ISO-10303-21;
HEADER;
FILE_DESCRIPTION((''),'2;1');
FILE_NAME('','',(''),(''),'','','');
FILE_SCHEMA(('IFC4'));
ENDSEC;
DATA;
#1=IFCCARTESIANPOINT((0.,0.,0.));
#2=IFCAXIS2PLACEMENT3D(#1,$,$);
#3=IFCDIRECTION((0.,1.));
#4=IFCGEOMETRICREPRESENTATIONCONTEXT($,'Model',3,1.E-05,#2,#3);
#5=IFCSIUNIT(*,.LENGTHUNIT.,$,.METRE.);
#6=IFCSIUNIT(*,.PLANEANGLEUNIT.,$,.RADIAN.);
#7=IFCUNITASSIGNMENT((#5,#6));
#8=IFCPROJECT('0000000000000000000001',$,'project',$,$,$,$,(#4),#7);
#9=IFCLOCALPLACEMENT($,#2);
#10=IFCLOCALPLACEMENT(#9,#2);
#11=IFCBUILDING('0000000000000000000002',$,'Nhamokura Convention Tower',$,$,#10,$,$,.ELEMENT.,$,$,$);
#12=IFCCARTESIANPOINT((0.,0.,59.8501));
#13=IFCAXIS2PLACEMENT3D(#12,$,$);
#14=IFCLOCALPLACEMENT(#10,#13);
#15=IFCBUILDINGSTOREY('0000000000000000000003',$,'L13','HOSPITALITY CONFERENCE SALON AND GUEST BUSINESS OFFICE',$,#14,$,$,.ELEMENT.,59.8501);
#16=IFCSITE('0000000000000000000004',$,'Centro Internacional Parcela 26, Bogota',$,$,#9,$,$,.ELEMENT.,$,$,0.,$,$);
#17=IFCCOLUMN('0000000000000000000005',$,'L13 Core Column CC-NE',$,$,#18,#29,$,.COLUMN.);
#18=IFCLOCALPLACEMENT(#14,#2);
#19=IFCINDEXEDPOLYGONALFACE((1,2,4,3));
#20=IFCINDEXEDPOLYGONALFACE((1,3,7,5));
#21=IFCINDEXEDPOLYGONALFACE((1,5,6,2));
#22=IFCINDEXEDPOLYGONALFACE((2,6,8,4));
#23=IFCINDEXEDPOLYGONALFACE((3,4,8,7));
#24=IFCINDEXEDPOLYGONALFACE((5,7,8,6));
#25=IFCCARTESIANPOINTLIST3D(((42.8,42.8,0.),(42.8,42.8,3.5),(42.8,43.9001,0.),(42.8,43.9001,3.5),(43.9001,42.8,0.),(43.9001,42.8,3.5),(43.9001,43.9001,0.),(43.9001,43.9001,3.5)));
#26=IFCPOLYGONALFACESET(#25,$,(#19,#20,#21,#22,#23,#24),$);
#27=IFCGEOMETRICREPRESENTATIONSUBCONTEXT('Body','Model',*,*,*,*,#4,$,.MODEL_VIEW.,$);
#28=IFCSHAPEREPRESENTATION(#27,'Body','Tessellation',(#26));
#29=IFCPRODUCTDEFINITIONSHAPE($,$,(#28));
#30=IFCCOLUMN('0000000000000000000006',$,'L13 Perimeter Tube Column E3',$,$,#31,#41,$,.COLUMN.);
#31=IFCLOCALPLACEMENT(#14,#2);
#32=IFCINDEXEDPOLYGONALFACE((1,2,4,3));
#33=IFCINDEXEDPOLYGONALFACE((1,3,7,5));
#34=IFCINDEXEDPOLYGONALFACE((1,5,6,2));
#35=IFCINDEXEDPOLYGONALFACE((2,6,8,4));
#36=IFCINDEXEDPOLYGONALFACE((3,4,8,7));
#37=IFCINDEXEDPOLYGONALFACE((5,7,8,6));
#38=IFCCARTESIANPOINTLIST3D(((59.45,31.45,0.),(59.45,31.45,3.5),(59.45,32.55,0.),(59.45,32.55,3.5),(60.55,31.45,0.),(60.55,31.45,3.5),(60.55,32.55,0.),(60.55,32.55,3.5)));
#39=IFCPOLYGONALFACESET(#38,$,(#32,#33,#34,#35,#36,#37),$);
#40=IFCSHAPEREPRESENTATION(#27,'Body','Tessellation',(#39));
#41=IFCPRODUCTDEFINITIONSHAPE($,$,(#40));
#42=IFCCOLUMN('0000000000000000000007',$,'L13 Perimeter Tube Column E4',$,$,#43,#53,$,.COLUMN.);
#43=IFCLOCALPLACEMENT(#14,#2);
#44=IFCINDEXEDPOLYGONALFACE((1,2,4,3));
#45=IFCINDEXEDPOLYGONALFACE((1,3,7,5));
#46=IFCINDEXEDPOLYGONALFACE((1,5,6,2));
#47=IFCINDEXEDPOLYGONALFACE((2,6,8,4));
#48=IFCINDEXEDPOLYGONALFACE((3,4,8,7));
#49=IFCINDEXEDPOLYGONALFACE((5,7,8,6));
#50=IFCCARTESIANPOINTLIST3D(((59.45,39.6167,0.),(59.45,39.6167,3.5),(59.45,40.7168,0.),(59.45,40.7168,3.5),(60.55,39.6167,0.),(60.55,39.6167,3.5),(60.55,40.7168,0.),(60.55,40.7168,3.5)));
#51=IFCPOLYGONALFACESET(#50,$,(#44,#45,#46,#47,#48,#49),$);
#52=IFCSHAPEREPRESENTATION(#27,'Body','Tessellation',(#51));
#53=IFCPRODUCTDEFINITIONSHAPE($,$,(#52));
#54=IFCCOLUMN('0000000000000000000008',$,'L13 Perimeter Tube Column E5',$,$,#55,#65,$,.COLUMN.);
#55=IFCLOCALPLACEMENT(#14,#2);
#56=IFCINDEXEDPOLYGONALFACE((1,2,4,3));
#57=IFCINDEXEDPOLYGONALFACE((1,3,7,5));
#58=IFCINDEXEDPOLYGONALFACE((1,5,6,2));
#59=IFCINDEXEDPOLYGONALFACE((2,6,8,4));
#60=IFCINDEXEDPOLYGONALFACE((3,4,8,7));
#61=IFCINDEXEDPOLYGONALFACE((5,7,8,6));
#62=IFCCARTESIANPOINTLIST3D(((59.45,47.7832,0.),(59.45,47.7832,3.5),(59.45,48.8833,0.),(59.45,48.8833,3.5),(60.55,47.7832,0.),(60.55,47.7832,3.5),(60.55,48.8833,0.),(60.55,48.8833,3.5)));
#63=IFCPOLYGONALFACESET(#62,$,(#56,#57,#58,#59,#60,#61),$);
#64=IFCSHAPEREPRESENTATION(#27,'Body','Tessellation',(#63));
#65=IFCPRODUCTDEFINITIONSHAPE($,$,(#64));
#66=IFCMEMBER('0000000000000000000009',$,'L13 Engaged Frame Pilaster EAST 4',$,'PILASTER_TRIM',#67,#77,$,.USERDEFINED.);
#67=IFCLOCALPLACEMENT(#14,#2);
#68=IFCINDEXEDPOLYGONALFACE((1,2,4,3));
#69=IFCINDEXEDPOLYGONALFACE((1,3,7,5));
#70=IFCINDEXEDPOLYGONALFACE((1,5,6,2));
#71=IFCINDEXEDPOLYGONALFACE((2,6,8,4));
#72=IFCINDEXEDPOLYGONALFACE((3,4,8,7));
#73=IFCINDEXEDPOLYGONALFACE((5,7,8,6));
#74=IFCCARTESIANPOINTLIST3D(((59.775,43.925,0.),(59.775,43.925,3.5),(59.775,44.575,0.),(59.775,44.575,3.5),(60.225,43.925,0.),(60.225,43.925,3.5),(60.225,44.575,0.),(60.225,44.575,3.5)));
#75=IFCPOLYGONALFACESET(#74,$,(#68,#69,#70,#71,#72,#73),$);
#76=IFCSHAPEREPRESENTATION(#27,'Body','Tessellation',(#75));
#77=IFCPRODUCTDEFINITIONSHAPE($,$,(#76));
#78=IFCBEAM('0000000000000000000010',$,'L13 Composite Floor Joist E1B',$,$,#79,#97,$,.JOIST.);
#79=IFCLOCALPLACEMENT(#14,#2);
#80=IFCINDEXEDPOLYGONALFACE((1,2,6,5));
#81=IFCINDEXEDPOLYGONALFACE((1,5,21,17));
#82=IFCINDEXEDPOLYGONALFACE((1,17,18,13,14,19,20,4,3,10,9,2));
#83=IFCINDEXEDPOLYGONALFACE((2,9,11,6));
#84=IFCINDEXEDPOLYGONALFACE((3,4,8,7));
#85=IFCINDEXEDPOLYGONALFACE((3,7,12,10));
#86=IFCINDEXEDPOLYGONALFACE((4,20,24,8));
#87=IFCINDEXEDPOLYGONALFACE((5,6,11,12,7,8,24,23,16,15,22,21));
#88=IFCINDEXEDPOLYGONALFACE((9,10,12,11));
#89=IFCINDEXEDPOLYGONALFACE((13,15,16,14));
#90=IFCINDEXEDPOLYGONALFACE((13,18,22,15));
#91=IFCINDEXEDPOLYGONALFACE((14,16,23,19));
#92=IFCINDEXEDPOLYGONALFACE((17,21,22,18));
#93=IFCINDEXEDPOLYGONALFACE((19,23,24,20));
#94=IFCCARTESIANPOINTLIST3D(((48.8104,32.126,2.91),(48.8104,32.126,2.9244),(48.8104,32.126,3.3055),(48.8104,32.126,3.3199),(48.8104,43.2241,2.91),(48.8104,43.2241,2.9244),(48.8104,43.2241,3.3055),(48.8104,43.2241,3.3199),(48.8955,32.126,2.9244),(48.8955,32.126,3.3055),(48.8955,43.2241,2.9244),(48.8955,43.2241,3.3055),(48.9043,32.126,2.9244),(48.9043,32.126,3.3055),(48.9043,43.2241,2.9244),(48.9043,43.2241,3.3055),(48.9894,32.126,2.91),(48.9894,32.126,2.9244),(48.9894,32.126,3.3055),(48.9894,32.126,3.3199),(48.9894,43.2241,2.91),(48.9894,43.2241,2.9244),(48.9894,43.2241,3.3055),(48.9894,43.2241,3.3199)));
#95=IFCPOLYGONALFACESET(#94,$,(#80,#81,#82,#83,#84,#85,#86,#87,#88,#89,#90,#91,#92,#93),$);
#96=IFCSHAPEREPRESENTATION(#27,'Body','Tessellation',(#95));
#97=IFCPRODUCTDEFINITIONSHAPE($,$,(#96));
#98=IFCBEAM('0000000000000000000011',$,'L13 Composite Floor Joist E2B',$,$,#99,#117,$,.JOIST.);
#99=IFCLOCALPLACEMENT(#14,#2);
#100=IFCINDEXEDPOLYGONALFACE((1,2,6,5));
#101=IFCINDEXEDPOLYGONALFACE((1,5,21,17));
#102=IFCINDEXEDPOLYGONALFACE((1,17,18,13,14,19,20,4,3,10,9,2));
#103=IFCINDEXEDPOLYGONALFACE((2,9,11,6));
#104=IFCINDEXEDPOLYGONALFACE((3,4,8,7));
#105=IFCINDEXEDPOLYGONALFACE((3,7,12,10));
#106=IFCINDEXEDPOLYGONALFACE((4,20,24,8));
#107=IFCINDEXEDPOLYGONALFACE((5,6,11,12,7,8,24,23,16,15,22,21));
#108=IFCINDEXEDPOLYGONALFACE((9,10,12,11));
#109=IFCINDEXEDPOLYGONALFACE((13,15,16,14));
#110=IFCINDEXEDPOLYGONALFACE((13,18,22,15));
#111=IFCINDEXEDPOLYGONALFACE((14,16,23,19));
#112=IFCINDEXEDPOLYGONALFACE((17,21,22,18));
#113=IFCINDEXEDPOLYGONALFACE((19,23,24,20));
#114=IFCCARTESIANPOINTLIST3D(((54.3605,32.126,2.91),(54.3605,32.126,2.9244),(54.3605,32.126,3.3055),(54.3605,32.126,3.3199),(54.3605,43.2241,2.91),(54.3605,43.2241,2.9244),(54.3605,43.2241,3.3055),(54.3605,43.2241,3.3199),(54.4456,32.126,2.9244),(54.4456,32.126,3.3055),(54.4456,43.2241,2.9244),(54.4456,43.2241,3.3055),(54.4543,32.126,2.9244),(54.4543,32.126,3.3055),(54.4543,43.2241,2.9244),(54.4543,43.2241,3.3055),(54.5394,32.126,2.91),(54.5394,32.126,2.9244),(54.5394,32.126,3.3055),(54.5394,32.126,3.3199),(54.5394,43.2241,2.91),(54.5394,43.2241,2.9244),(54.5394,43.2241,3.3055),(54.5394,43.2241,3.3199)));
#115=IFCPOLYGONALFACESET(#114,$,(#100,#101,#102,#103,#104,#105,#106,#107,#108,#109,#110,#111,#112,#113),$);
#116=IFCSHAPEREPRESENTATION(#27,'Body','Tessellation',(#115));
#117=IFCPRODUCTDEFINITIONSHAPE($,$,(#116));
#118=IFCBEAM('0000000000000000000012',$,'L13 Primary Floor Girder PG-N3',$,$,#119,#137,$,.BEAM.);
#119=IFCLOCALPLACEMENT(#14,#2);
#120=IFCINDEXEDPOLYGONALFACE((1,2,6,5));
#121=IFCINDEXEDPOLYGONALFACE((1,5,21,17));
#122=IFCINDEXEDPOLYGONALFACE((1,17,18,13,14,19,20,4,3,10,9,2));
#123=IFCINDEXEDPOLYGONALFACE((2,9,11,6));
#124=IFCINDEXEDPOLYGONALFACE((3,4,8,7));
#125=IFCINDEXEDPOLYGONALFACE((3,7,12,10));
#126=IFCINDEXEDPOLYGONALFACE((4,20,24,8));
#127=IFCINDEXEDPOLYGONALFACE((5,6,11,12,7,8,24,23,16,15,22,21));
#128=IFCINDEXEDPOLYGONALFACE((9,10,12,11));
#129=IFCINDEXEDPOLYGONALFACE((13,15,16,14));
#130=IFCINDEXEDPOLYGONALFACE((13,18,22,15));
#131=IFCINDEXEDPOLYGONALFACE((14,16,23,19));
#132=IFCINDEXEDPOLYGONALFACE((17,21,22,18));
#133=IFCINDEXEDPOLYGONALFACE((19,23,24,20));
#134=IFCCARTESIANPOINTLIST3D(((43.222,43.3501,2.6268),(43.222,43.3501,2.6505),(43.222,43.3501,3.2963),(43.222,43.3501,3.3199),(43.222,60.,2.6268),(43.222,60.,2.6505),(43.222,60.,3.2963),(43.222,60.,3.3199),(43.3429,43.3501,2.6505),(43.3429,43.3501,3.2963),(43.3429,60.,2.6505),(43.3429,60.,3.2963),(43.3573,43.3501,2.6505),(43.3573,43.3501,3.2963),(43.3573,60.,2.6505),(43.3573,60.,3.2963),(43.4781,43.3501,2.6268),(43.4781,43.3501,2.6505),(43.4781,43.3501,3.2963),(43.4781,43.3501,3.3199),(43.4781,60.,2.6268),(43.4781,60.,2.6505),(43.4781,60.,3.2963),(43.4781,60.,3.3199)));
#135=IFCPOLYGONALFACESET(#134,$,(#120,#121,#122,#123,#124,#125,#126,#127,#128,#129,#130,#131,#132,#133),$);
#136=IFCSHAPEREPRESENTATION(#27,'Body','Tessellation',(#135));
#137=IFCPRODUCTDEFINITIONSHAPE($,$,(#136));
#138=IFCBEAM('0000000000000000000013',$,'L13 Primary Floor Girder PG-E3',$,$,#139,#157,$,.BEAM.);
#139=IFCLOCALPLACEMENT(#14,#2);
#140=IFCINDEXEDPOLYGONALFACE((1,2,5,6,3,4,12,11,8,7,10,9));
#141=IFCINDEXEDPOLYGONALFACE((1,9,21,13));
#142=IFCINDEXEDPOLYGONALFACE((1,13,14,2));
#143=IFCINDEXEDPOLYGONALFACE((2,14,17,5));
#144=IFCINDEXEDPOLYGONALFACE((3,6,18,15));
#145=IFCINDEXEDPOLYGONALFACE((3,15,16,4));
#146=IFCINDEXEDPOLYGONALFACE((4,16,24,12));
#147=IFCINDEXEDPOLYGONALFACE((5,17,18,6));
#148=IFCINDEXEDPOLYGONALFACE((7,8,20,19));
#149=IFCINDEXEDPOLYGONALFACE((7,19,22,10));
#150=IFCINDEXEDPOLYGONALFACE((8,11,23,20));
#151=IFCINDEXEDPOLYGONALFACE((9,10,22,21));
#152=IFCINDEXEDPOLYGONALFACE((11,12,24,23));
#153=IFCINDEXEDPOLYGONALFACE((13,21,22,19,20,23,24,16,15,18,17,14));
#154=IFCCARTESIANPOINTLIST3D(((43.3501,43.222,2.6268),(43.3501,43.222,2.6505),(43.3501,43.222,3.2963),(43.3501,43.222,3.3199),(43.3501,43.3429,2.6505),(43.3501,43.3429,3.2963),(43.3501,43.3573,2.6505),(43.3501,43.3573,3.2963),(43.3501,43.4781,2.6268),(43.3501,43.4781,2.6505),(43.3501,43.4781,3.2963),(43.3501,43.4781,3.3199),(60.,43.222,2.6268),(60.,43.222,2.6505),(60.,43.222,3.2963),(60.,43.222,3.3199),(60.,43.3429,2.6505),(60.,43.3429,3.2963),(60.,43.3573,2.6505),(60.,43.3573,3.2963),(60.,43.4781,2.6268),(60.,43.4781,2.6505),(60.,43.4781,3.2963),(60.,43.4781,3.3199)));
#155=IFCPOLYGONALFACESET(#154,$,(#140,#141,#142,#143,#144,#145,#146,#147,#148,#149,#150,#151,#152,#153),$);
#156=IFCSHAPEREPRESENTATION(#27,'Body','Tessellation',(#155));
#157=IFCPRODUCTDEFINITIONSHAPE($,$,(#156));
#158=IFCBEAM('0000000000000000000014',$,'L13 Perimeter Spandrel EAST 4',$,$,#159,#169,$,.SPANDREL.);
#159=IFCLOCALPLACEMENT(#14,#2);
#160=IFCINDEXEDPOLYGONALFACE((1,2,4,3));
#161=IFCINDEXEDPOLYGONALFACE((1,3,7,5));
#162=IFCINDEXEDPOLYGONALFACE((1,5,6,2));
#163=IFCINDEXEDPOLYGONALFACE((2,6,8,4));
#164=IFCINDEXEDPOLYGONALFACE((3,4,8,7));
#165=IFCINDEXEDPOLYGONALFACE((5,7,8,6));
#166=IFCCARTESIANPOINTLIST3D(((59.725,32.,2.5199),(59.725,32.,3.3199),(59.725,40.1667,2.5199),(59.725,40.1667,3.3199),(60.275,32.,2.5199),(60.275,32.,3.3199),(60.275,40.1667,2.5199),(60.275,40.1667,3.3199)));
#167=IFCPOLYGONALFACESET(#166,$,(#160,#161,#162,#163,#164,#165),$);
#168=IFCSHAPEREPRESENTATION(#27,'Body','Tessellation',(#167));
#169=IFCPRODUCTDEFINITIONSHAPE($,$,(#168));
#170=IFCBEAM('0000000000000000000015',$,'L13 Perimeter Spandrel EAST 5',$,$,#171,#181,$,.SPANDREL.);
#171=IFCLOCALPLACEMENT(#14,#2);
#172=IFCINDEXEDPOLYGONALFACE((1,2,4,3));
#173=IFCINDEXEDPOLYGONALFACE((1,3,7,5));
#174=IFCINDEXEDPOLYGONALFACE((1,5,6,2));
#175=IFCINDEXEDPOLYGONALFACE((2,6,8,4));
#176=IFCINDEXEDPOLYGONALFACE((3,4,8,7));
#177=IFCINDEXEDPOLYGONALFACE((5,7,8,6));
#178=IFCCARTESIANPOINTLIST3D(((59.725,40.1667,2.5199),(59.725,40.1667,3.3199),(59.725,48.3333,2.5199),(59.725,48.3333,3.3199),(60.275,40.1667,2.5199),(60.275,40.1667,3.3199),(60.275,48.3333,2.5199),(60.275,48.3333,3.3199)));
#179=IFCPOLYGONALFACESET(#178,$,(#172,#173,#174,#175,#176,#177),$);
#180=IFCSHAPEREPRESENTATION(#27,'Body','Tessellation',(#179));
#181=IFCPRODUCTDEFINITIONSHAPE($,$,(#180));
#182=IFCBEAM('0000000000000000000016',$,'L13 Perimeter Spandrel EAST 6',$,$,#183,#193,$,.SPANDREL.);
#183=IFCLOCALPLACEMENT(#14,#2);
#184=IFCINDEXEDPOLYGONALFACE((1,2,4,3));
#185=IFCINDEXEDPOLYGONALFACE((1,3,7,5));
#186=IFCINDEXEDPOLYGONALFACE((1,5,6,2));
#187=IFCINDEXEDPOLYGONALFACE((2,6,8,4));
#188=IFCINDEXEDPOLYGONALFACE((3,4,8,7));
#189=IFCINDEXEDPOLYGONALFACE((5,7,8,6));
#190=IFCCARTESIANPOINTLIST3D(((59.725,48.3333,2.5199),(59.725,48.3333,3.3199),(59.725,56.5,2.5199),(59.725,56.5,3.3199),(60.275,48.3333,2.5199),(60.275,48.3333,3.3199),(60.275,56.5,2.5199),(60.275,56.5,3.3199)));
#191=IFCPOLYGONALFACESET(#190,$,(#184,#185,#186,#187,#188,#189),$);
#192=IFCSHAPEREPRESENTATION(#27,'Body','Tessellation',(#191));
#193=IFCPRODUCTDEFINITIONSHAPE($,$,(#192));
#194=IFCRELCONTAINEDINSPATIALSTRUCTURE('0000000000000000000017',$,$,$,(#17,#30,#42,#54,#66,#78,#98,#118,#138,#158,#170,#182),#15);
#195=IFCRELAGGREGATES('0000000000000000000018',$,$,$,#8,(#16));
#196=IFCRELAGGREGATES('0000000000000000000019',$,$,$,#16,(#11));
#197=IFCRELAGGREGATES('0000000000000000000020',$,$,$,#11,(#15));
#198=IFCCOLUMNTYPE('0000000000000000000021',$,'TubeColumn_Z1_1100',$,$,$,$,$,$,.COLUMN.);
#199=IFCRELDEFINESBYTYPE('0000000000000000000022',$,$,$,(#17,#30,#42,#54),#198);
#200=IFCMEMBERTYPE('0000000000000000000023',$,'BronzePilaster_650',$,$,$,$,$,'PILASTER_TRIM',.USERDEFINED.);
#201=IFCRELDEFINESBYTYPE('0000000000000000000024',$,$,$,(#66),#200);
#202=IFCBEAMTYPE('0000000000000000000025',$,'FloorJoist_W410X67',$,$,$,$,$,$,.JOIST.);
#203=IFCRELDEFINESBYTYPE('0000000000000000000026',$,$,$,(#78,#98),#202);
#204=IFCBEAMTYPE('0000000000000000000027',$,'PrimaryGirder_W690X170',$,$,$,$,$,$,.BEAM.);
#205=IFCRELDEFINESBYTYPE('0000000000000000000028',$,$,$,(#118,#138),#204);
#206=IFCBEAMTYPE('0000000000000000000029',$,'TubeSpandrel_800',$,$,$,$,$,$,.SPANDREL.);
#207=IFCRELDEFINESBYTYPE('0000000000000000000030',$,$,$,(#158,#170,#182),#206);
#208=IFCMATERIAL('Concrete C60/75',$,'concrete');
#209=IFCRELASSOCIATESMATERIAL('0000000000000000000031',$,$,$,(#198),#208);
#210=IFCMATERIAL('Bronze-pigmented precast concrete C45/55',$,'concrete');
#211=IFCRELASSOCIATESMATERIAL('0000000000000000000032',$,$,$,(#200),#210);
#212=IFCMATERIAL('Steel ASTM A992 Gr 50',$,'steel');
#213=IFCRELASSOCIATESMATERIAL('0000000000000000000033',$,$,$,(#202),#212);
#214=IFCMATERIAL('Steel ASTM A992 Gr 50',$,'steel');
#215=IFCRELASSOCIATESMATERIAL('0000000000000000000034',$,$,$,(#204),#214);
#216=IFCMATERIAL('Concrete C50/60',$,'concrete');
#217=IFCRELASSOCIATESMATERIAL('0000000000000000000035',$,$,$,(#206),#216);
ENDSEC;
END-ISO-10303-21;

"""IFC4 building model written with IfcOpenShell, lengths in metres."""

from ifc_helpers import new_model, si_unit, direction, frame, origin, origin_2d, place, context, subcontext, project, spatial, rectangle, i_section, extrude, material, material_profile, profile_set, type_object, element, save


model = new_model("IFC4")

# Units and contexts
model_context = context("Model", 3, precision=1e-05, world=origin(), true_north=direction((0.0, 1.0)))
body_context = subcontext(model_context, "Body", "Model", "MODEL_VIEW")
ifc_project = project(units=[si_unit("LENGTHUNIT", "METRE"), si_unit("PLANEANGLEUNIT", "RADIAN")], contexts=[model_context])

# Site, building, storey
site_placement = place(None, origin())
site = spatial("IfcSite", under=ifc_project, at=site_placement, Name="Centro Internacional Parcela 26, Bogota", CompositionType="ELEMENT", RefElevation=0.0)
building_placement = place(site_placement, origin())
building = spatial("IfcBuilding", under=site, at=building_placement, Name="Nhamokura Convention Tower", CompositionType="ELEMENT")
storey_placement = place(building_placement, frame((0.0, 0.0, 59.8501)))
storey = spatial("IfcBuildingStorey", under=building, at=storey_placement, Name="L13", Description="HOSPITALITY CONFERENCE SALON AND GUEST BUSINESS OFFICE", CompositionType="ELEMENT", Elevation=59.8501)

# Columns
ifc_material_1 = material(Name="Concrete C60/75", Category="concrete")
ifc_material_profile_1 = material_profile(ifc_material_1, rectangle(XDim=1.1001, YDim=1.1001, at=origin_2d()))
ifc_profile_set_1 = profile_set([ifc_material_profile_1], Name="Concrete C60/75")
column_type = type_object("IfcColumnType", Name="TubeColumn_Z1_1100", PredefinedType="COLUMN", material=ifc_profile_set_1)
for number, where, z_axis, x_axis, name in (
    (1, (43.3501, 43.3501, 0.0), (0.0, 0.0, 1.0), (1.0, 0.0, 0.0), "L13 Core Column CC-NE"),
    (2, (60.0, 32.0, 0.0), (0.0, 0.0, 1.0), (1.0, 0.0, 0.0), "L13 Perimeter Tube Column E3"),
    (3, (60.0, 40.1667, 0.0), (0.0, 0.0, 1.0), (1.0, 0.0, 0.0), "L13 Perimeter Tube Column E4"),
    (4, (60.0, 48.3333, 0.0), (0.0, 0.0, 1.0), (1.0, 0.0, 0.0), "L13 Perimeter Tube Column E5"),
):
    element("IfcColumn", number, at=place(storey_placement, frame(where, z_axis=z_axis, x_axis=x_axis)), inside=storey, type_object=column_type, Name=name, PredefinedType="COLUMN", context=body_context, shape_type="SweptSolid", body=[
        extrude(rectangle(XDim=1.1001, YDim=1.1001, at=origin_2d()), origin(), (0.0, 0.0, 1.0), 3.5),
    ])

# Member
ifc_material_2 = material(Name="Bronze-pigmented precast concrete C45/55", Category="concrete")
ifc_material_profile_2 = material_profile(ifc_material_2, rectangle(XDim=0.45, YDim=0.6499, at=origin_2d()))
ifc_profile_set_2 = profile_set([ifc_material_profile_2], Name="Bronze-pigmented precast concrete C45/55")
member_type = type_object("IfcMemberType", Name="BronzePilaster_650", ElementType="PILASTER_TRIM", PredefinedType="USERDEFINED", material=ifc_profile_set_2)
member_placement = place(storey_placement, frame((60.0, 44.25, 0.0), z_axis=(0.0, 0.0, 1.0), x_axis=(1.0, 0.0, 0.0)))
element("IfcMember", 5, at=member_placement, inside=storey, type_object=member_type, Name="L13 Engaged Frame Pilaster EAST 4", ObjectType="PILASTER_TRIM", PredefinedType="USERDEFINED", context=body_context, shape_type="SweptSolid", body=[
    extrude(rectangle(XDim=0.45, YDim=0.6499, at=origin_2d()), origin(), (0.0, 0.0, 1.0), 3.5),
])

# Beams
ifc_material_3 = material(Name="Steel ASTM A992 Gr 50", Category="steel")
ifc_material_profile_3 = material_profile(ifc_material_3, i_section(OverallWidth=0.179, OverallDepth=0.4099, WebThickness=0.0088, FlangeThickness=0.0144, at=origin_2d()))
ifc_profile_set_3 = profile_set([ifc_material_profile_3], Name="Steel ASTM A992 Gr 50")
beam_type_1 = type_object("IfcBeamType", Name="FloorJoist_W410X67", PredefinedType="JOIST", material=ifc_profile_set_3)
for number, where, z_axis, x_axis, name in (
    (6, (48.8999, 32.126, 3.115), (0.0, 1.0, 0.0), (-1.0, 0.0, 0.0), "L13 Composite Floor Joist E1B"),
    (7, (54.45, 32.126, 3.115), (0.0, 1.0, 0.0), (-1.0, 0.0, 0.0), "L13 Composite Floor Joist E2B"),
):
    element("IfcBeam", number, at=place(storey_placement, frame(where, z_axis=z_axis, x_axis=x_axis)), inside=storey, type_object=beam_type_1, Name=name, PredefinedType="JOIST", context=body_context, shape_type="SweptSolid", body=[
        extrude(i_section(OverallWidth=0.179, OverallDepth=0.4099, WebThickness=0.0088, FlangeThickness=0.0144, at=origin_2d()), origin(), (0.0, 0.0, 1.0), 11.0981),
    ])
ifc_material_4 = material(Name="Steel ASTM A992 Gr 50", Category="steel")
ifc_material_profile_4 = material_profile(ifc_material_4, i_section(OverallWidth=0.2561, OverallDepth=0.6931, WebThickness=0.0144, FlangeThickness=0.0237, at=origin_2d()))
ifc_profile_set_4 = profile_set([ifc_material_profile_4], Name="Steel ASTM A992 Gr 50")
beam_type_2 = type_object("IfcBeamType", Name="PrimaryGirder_W690X170", PredefinedType="BEAM", material=ifc_profile_set_4)
for number, where, z_axis, x_axis, name in (
    (8, (43.3501, 43.3501, 2.9734), (0.0, 1.0, 0.0), (-1.0, 0.0, 0.0), "L13 Primary Floor Girder PG-N3"),
    (9, (43.3501, 43.3501, 2.9734), (1.0, 0.0, 0.0), (0.0, 1.0, 0.0), "L13 Primary Floor Girder PG-E3"),
):
    element("IfcBeam", number, at=place(storey_placement, frame(where, z_axis=z_axis, x_axis=x_axis)), inside=storey, type_object=beam_type_2, Name=name, PredefinedType="BEAM", context=body_context, shape_type="SweptSolid", body=[
        extrude(i_section(OverallWidth=0.2561, OverallDepth=0.6931, WebThickness=0.0144, FlangeThickness=0.0237, at=origin_2d()), origin(), (0.0, 0.0, 1.0), 16.6499),
    ])
ifc_material_5 = material(Name="Concrete C50/60", Category="concrete")
ifc_material_profile_5 = material_profile(ifc_material_5, rectangle(XDim=0.55, YDim=0.8, at=origin_2d()))
ifc_profile_set_5 = profile_set([ifc_material_profile_5], Name="Concrete C50/60")
beam_type_3 = type_object("IfcBeamType", Name="TubeSpandrel_800", PredefinedType="SPANDREL", material=ifc_profile_set_5)
beam_1_placement = place(storey_placement, frame((60.0, 32.0, 2.9199), z_axis=(0.0, 1.0, 0.0), x_axis=(-1.0, 0.0, 0.0)))
element("IfcBeam", 10, at=beam_1_placement, inside=storey, type_object=beam_type_3, Name="L13 Perimeter Spandrel EAST 4", PredefinedType="SPANDREL", context=body_context, shape_type="SweptSolid", body=[
    extrude(rectangle(XDim=0.55, YDim=0.8, at=origin_2d()), origin(), (0.0, 0.0, 1.0), 8.1667),
])
beam_2_placement = place(storey_placement, frame((60.0, 40.1667, 2.9199), z_axis=(0.0, 1.0, 0.0), x_axis=(-1.0, 0.0, 0.0)))
element("IfcBeam", 11, at=beam_2_placement, inside=storey, type_object=beam_type_3, Name="L13 Perimeter Spandrel EAST 5", PredefinedType="SPANDREL", context=body_context, shape_type="SweptSolid", body=[
    extrude(rectangle(XDim=0.55, YDim=0.8, at=origin_2d()), origin(), (0.0, 0.0, 1.0), 8.1665),
])
beam_3_placement = place(storey_placement, frame((60.0, 48.3333, 2.9199), z_axis=(0.0, 1.0, 0.0), x_axis=(-1.0, 0.0, 0.0)))
element("IfcBeam", 12, at=beam_3_placement, inside=storey, type_object=beam_type_3, Name="L13 Perimeter Spandrel EAST 6", PredefinedType="SPANDREL", context=body_context, shape_type="SweptSolid", body=[
    extrude(rectangle(XDim=0.55, YDim=0.8, at=origin_2d()), origin(), (0.0, 0.0, 1.0), 8.1667),
])

save(model, "model.ifc")
